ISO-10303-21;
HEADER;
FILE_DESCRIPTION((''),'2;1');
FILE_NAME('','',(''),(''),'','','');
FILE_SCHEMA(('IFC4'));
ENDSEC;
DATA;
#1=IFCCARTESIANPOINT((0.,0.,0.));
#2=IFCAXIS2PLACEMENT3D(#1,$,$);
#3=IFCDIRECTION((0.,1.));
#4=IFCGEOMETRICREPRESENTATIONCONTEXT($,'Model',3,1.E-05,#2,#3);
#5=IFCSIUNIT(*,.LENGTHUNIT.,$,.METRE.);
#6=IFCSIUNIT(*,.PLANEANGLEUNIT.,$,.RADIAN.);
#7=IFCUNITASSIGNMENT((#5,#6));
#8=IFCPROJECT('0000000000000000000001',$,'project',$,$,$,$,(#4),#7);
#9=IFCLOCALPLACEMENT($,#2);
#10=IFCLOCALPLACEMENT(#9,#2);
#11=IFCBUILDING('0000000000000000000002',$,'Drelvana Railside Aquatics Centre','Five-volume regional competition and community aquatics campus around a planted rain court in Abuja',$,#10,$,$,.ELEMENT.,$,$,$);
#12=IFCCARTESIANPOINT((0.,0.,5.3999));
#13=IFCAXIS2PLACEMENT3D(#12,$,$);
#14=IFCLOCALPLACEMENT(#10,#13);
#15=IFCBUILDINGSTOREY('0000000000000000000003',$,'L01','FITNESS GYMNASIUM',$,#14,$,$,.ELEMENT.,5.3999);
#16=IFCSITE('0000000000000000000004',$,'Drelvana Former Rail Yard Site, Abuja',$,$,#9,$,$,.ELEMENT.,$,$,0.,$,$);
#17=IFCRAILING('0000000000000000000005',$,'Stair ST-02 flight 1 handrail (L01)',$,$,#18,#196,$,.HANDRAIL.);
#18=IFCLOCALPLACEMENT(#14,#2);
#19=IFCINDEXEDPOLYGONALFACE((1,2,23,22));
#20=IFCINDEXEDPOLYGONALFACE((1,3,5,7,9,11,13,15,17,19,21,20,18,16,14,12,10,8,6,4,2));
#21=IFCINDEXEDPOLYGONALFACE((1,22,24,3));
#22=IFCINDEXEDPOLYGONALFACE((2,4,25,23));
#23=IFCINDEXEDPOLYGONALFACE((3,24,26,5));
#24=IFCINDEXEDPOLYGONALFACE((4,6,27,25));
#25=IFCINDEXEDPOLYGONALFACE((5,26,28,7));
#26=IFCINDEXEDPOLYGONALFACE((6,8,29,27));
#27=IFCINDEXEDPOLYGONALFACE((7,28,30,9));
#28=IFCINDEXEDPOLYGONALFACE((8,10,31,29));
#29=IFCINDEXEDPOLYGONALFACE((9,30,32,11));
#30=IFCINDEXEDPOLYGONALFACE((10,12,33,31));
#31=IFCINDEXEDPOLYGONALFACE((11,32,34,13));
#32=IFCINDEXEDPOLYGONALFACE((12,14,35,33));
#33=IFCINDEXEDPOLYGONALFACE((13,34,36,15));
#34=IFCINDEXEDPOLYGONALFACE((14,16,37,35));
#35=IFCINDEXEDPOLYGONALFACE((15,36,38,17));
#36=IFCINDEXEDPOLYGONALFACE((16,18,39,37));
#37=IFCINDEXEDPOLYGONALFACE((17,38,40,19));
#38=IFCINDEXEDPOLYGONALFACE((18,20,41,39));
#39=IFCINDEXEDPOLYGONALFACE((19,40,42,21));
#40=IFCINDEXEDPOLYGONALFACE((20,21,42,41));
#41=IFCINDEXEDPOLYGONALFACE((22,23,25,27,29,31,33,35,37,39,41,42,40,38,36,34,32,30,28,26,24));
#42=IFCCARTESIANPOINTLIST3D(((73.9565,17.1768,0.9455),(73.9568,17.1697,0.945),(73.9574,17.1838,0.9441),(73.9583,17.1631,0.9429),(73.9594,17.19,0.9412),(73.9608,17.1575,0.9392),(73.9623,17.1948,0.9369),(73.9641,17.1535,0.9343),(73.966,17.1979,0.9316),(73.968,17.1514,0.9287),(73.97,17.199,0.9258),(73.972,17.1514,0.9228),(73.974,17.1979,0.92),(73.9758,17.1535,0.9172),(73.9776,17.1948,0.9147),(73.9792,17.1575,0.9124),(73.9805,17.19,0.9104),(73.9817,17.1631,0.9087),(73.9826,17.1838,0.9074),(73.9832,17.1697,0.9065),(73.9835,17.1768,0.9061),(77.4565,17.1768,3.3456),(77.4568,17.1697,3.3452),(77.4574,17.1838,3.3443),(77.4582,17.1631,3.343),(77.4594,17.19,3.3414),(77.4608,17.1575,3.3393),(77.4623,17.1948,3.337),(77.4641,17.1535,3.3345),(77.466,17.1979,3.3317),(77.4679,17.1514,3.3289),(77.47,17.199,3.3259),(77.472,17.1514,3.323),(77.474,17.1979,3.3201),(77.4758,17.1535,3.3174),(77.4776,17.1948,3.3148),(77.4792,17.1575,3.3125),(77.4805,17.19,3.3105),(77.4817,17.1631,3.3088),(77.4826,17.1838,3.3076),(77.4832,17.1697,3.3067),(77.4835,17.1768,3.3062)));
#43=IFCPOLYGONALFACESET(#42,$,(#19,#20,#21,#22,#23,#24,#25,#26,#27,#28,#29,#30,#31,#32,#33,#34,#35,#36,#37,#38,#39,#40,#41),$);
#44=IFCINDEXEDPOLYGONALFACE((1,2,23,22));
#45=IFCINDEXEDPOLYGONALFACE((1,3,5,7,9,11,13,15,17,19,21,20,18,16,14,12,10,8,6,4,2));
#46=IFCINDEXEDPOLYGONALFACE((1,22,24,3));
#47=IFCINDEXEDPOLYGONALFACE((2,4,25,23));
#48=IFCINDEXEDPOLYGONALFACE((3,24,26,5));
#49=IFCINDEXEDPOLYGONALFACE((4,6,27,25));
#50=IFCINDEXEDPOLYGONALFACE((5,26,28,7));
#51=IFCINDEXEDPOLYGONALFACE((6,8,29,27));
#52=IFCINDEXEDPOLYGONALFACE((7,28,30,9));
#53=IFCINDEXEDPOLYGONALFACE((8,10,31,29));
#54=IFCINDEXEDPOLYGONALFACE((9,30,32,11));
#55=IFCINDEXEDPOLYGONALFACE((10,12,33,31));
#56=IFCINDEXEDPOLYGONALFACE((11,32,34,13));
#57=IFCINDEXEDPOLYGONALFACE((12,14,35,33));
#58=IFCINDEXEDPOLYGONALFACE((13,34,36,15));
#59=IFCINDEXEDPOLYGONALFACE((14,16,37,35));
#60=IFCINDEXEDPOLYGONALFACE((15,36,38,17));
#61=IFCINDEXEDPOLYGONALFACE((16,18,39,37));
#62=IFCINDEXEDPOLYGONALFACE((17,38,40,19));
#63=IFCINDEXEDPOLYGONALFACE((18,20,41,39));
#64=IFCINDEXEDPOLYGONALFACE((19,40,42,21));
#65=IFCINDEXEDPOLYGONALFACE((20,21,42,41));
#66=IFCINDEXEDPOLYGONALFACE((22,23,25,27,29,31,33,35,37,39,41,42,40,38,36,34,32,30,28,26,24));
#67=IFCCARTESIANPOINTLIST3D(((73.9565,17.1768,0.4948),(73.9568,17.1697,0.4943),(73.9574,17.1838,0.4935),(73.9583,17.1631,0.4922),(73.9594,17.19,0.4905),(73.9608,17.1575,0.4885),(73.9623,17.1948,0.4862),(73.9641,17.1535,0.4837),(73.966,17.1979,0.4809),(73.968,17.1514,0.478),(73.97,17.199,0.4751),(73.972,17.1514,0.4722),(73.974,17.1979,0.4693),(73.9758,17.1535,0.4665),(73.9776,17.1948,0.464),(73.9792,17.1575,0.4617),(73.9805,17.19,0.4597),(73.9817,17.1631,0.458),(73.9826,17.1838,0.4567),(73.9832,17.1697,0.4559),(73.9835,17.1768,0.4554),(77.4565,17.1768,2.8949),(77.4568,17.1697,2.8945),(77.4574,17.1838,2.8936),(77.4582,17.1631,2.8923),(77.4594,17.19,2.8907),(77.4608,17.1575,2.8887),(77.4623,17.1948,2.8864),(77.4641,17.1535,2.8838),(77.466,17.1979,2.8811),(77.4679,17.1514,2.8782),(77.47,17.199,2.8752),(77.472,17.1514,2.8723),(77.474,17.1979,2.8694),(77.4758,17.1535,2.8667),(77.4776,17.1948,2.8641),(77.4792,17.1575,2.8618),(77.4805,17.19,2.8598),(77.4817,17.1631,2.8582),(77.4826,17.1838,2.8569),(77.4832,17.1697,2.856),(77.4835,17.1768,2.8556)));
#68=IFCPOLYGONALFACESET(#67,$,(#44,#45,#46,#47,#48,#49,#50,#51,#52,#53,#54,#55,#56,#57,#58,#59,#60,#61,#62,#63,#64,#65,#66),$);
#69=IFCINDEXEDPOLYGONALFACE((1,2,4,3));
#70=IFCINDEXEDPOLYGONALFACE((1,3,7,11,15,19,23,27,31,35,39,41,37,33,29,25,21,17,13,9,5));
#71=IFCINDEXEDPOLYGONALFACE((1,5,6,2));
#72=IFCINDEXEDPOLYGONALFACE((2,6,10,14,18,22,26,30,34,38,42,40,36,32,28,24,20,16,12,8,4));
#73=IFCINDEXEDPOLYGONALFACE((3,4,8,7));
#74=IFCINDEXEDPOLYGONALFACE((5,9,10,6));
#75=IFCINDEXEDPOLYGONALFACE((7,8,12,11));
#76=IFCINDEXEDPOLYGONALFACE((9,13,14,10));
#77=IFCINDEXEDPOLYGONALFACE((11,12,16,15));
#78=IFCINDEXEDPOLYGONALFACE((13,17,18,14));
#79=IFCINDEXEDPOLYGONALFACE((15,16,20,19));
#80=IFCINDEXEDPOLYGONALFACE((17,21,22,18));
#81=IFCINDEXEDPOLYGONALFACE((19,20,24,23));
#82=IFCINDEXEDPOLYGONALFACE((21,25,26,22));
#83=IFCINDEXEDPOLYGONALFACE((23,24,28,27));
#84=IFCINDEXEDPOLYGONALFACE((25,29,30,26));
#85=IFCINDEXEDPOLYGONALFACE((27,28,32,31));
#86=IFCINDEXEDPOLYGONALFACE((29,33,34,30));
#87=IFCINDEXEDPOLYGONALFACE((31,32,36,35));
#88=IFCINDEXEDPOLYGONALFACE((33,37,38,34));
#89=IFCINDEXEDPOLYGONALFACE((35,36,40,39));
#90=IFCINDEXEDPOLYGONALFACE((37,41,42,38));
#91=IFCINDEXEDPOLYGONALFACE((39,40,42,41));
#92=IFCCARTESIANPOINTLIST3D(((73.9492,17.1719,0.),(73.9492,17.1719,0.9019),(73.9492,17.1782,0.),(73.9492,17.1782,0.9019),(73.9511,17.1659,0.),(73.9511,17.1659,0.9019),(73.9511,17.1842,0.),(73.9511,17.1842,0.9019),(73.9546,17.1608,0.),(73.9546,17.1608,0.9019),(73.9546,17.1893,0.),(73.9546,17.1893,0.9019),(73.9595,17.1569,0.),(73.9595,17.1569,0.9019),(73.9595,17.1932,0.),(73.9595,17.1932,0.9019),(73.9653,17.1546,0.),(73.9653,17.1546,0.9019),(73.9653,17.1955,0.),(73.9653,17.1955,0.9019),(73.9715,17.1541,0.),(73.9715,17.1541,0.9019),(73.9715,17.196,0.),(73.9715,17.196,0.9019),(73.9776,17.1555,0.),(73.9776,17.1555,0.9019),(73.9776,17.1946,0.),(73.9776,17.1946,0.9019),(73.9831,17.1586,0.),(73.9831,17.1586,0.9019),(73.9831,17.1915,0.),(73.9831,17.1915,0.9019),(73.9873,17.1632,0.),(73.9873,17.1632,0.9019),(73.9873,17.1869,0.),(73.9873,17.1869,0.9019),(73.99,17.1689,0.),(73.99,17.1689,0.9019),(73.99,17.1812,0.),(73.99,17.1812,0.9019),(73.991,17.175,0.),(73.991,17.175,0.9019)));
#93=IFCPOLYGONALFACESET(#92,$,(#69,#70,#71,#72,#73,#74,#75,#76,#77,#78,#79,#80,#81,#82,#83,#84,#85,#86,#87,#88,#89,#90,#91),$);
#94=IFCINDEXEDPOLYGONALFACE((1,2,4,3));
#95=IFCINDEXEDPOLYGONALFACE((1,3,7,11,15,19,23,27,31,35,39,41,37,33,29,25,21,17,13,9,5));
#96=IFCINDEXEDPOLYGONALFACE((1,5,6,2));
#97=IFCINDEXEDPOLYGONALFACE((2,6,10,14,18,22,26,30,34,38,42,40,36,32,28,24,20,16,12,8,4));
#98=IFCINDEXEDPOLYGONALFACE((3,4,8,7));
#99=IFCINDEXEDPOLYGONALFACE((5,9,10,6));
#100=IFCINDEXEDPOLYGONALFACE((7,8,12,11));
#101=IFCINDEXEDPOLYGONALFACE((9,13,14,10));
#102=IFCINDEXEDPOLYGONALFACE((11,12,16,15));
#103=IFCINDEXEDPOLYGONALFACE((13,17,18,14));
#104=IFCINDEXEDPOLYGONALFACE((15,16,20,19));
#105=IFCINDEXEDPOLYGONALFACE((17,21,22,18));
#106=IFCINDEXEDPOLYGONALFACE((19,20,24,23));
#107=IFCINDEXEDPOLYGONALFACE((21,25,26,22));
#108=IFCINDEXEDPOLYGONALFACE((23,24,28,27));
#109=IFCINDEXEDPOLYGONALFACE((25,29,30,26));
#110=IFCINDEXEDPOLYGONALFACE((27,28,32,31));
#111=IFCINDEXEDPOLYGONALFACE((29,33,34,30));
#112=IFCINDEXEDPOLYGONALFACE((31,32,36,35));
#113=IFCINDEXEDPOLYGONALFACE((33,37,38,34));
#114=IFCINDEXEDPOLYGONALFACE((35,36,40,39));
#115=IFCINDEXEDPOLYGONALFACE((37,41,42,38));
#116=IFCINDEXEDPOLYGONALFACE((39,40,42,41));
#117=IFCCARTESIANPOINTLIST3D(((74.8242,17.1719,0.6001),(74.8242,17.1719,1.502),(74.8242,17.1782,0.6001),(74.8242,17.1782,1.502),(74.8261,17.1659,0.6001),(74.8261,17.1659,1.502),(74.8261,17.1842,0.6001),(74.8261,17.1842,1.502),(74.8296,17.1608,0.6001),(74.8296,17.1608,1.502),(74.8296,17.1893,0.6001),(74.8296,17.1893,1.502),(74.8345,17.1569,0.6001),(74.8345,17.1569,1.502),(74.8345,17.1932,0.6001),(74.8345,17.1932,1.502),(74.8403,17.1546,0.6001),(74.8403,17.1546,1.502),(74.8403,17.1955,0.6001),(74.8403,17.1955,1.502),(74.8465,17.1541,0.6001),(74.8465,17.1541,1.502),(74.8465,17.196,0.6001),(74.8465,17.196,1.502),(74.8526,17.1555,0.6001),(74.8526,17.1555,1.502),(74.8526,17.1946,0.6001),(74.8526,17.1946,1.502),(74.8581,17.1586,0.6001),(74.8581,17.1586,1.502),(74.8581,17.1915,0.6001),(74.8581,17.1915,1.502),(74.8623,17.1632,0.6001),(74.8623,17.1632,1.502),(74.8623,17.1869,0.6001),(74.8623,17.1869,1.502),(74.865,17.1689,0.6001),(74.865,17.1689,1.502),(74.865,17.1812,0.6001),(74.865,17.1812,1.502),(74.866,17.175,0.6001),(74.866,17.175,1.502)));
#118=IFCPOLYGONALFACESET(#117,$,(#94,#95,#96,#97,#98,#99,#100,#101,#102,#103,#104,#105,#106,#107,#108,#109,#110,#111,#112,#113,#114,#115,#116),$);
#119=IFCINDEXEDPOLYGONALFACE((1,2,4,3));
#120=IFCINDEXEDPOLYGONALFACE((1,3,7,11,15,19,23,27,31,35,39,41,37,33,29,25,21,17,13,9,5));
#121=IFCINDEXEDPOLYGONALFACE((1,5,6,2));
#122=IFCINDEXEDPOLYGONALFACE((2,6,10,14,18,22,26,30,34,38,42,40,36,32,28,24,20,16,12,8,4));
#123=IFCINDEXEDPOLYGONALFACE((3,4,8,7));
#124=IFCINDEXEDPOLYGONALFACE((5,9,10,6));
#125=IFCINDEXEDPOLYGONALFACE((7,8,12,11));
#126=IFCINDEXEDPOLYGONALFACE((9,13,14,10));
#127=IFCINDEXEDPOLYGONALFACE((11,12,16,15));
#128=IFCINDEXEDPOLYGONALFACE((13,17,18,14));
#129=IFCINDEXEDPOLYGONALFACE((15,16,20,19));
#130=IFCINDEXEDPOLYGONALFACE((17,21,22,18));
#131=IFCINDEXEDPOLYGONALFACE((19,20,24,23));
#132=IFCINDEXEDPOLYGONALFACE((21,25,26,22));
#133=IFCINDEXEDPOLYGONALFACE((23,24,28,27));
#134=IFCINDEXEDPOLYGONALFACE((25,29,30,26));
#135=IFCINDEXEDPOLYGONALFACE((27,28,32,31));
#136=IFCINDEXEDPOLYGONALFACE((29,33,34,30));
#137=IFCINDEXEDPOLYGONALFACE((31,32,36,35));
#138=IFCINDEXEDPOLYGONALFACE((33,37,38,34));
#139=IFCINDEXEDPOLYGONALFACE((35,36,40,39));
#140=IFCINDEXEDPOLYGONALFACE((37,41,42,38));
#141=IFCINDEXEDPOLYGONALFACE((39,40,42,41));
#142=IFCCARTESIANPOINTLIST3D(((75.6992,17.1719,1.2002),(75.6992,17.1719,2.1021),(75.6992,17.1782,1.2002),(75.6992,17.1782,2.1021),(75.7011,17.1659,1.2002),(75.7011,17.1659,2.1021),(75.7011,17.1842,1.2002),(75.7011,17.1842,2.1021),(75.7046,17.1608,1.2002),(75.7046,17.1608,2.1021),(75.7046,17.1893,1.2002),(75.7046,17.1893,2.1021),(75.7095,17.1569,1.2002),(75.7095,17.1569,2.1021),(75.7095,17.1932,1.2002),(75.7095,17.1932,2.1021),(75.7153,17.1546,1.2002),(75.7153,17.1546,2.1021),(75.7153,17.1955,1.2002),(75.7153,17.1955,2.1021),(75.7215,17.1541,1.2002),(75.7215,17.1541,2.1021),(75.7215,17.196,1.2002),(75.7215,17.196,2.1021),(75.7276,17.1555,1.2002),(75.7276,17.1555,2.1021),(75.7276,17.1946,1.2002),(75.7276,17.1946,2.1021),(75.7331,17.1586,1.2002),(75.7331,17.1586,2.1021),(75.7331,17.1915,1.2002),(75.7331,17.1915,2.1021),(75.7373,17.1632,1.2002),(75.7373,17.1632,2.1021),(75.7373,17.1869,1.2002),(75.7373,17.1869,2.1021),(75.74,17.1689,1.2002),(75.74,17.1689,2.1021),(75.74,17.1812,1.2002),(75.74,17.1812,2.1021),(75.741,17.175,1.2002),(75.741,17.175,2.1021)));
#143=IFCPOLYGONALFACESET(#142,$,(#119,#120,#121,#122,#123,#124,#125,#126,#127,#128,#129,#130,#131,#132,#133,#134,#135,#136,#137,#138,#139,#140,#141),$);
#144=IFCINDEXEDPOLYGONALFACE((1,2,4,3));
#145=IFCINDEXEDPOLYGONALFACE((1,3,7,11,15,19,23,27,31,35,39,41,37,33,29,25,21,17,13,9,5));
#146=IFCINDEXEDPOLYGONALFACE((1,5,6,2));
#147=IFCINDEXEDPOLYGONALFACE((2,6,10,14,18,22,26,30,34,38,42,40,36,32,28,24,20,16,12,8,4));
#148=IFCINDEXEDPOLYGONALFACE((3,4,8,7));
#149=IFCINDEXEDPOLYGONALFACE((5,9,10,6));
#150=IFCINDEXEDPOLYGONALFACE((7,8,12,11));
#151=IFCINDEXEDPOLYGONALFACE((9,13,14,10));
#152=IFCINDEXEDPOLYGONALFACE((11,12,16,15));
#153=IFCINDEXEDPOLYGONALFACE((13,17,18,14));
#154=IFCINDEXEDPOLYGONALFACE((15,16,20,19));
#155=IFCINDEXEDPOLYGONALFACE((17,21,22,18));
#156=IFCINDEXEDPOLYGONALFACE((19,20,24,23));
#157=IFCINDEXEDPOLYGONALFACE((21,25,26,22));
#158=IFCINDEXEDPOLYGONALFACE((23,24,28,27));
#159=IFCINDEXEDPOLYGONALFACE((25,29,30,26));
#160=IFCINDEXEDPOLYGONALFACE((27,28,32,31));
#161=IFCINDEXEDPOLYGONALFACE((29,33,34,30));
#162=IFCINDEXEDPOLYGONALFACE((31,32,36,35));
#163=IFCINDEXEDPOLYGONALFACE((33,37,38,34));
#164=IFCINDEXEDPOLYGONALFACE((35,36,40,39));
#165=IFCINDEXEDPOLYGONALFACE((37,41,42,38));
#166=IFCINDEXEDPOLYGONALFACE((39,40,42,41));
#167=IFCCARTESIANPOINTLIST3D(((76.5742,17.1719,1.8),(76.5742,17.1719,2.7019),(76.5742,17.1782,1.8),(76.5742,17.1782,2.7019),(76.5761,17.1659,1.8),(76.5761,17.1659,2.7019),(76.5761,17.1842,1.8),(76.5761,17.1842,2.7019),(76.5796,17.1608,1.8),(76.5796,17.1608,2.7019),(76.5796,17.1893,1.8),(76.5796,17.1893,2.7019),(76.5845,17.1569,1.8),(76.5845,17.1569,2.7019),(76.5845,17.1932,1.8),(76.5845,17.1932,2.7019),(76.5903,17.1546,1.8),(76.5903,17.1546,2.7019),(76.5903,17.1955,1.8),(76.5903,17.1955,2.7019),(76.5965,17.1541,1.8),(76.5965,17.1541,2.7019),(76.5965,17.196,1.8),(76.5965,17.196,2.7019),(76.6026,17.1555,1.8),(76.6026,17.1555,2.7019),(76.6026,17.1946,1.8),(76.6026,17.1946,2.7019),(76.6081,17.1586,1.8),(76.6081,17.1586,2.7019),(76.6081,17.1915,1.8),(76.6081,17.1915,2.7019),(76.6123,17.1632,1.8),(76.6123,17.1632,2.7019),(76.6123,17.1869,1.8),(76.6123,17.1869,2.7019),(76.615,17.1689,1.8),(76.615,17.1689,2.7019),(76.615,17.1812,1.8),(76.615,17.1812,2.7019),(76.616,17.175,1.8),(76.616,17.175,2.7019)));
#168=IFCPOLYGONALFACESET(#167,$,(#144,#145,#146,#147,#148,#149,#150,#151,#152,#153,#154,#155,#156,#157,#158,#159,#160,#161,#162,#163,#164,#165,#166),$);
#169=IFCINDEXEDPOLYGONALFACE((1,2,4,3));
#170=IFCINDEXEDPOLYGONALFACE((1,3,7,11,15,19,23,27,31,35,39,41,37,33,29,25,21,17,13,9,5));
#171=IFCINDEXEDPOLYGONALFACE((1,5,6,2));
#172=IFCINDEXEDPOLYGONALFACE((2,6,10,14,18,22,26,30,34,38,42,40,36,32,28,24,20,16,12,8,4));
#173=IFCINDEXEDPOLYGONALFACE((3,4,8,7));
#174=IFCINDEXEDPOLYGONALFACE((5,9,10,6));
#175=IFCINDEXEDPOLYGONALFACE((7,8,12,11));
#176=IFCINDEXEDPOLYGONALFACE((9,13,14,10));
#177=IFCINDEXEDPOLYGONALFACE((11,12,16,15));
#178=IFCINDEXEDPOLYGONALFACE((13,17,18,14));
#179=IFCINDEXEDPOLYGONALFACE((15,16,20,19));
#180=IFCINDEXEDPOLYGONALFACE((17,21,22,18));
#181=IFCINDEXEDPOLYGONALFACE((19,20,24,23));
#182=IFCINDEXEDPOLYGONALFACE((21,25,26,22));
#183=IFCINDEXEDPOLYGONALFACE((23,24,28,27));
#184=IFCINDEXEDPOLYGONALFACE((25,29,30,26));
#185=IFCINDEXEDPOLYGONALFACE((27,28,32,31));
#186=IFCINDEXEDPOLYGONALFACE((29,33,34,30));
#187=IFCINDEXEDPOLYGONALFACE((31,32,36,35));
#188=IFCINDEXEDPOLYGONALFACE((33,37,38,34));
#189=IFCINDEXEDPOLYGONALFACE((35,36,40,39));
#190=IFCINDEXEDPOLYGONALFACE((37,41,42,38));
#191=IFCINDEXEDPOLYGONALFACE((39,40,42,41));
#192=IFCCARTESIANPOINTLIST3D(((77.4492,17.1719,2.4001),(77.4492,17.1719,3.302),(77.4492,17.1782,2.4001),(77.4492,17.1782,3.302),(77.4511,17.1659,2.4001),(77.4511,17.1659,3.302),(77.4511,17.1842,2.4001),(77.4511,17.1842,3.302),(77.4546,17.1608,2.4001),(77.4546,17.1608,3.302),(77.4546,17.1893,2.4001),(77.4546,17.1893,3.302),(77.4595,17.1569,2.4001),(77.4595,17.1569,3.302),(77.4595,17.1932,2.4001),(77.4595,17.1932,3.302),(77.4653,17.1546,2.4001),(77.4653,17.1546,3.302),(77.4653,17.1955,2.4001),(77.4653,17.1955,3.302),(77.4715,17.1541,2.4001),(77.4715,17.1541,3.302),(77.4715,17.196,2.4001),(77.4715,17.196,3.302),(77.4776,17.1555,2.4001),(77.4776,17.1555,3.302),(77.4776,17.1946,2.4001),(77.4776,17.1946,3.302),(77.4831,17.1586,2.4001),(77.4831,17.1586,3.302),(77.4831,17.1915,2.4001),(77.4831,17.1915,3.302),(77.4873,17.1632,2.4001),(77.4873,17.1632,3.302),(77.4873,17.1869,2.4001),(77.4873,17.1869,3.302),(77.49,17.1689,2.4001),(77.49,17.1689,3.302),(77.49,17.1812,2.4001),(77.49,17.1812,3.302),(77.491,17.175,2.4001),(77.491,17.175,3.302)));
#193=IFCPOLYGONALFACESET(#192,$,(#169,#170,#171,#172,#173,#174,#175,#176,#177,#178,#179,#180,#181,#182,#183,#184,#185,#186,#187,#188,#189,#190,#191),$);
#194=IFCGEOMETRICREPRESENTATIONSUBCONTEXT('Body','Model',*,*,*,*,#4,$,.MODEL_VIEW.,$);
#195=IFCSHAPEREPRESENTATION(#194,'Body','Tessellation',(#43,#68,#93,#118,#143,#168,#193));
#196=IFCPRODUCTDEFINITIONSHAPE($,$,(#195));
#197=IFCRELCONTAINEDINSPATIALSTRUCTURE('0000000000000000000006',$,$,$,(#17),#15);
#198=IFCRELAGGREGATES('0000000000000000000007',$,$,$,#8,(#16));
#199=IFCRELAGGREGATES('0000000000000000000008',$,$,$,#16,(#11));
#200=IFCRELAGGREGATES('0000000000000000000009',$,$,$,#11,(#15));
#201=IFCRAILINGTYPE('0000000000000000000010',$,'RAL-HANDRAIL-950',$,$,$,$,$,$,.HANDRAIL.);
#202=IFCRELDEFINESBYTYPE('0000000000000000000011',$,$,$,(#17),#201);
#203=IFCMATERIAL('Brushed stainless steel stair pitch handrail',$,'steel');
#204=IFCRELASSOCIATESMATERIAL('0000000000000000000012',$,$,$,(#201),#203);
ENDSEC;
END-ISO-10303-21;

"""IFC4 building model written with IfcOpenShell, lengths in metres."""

from ifc_helpers import new_model, si_unit, direction, frame, origin, origin_2d, place, context, subcontext, project, spatial, circle, extrude, material, type_object, element, save


model = new_model("IFC4")

# Units and contexts
model_context = context("Model", 3, precision=1e-05, world=origin(), true_north=direction((0.0, 1.0)))
body_context = subcontext(model_context, "Body", "Model", "MODEL_VIEW")
ifc_project = project(units=[si_unit("LENGTHUNIT", "METRE"), si_unit("PLANEANGLEUNIT", "RADIAN")], contexts=[model_context])

# Site, building, storey
site_placement = place(None, origin())
site = spatial("IfcSite", under=ifc_project, at=site_placement, Name="Drelvana Former Rail Yard Site, Abuja", CompositionType="ELEMENT", RefElevation=0.0)
building_placement = place(site_placement, origin())
building = spatial("IfcBuilding", under=site, at=building_placement, Name="Drelvana Railside Aquatics Centre", Description="Five-volume regional competition and community aquatics campus around a planted rain court in Abuja", CompositionType="ELEMENT")
storey_placement = place(building_placement, frame((0.0, 0.0, 5.3999)))
storey = spatial("IfcBuildingStorey", under=building, at=storey_placement, Name="L01", Description="FITNESS GYMNASIUM", CompositionType="ELEMENT", Elevation=5.3999)

# Railing
ifc_material_1 = material(Name="Brushed stainless steel stair pitch handrail", Category="steel")
railing_type_1 = type_object("IfcRailingType", Name="RAL-HANDRAIL-950", PredefinedType="HANDRAIL", material=ifc_material_1)
railing_1_placement = place(storey_placement, frame((73.97, 17.175, 0.0)))
element("IfcRailing", 1, at=railing_1_placement, inside=storey, type_object=railing_type_1, Name="Stair ST-02 flight 1 handrail (L01)", PredefinedType="HANDRAIL", context=body_context, shape_type="SweptSolid", body=[
    extrude(circle(Radius=0.0239, at=origin_2d()), frame((0.0, 0.0, 0.9258), z_axis=(0.824713, 0.0, 0.565552), x_axis=(0.0, 1.0, 0.0)), (0.0, 0.0, 1.0), 4.2439),
    extrude(circle(Radius=0.0239, at=origin_2d()), frame((0.0, 0.0, 0.4751), z_axis=(0.824713, 0.0, 0.565552), x_axis=(0.0, 1.0, 0.0)), (0.0, 0.0, 1.0), 4.2439),
    extrude(circle(Radius=0.021, at=origin_2d()), origin(), (0.0, 0.0, 1.0), 0.9019),
    extrude(circle(Radius=0.021, at=origin_2d()), frame((0.875, 0.0, 0.6001)), (0.0, 0.0, 1.0), 0.9019),
    extrude(circle(Radius=0.021, at=origin_2d()), frame((1.75, 0.0, 1.2002)), (0.0, 0.0, 1.0), 0.9019),
    extrude(circle(Radius=0.021, at=origin_2d()), frame((2.625, 0.0, 1.8)), (0.0, 0.0, 1.0), 0.9019),
    extrude(circle(Radius=0.021, at=origin_2d()), frame((3.5, 0.0, 2.4001)), (0.0, 0.0, 1.0), 0.9019),
])

save(model, "model.ifc")
